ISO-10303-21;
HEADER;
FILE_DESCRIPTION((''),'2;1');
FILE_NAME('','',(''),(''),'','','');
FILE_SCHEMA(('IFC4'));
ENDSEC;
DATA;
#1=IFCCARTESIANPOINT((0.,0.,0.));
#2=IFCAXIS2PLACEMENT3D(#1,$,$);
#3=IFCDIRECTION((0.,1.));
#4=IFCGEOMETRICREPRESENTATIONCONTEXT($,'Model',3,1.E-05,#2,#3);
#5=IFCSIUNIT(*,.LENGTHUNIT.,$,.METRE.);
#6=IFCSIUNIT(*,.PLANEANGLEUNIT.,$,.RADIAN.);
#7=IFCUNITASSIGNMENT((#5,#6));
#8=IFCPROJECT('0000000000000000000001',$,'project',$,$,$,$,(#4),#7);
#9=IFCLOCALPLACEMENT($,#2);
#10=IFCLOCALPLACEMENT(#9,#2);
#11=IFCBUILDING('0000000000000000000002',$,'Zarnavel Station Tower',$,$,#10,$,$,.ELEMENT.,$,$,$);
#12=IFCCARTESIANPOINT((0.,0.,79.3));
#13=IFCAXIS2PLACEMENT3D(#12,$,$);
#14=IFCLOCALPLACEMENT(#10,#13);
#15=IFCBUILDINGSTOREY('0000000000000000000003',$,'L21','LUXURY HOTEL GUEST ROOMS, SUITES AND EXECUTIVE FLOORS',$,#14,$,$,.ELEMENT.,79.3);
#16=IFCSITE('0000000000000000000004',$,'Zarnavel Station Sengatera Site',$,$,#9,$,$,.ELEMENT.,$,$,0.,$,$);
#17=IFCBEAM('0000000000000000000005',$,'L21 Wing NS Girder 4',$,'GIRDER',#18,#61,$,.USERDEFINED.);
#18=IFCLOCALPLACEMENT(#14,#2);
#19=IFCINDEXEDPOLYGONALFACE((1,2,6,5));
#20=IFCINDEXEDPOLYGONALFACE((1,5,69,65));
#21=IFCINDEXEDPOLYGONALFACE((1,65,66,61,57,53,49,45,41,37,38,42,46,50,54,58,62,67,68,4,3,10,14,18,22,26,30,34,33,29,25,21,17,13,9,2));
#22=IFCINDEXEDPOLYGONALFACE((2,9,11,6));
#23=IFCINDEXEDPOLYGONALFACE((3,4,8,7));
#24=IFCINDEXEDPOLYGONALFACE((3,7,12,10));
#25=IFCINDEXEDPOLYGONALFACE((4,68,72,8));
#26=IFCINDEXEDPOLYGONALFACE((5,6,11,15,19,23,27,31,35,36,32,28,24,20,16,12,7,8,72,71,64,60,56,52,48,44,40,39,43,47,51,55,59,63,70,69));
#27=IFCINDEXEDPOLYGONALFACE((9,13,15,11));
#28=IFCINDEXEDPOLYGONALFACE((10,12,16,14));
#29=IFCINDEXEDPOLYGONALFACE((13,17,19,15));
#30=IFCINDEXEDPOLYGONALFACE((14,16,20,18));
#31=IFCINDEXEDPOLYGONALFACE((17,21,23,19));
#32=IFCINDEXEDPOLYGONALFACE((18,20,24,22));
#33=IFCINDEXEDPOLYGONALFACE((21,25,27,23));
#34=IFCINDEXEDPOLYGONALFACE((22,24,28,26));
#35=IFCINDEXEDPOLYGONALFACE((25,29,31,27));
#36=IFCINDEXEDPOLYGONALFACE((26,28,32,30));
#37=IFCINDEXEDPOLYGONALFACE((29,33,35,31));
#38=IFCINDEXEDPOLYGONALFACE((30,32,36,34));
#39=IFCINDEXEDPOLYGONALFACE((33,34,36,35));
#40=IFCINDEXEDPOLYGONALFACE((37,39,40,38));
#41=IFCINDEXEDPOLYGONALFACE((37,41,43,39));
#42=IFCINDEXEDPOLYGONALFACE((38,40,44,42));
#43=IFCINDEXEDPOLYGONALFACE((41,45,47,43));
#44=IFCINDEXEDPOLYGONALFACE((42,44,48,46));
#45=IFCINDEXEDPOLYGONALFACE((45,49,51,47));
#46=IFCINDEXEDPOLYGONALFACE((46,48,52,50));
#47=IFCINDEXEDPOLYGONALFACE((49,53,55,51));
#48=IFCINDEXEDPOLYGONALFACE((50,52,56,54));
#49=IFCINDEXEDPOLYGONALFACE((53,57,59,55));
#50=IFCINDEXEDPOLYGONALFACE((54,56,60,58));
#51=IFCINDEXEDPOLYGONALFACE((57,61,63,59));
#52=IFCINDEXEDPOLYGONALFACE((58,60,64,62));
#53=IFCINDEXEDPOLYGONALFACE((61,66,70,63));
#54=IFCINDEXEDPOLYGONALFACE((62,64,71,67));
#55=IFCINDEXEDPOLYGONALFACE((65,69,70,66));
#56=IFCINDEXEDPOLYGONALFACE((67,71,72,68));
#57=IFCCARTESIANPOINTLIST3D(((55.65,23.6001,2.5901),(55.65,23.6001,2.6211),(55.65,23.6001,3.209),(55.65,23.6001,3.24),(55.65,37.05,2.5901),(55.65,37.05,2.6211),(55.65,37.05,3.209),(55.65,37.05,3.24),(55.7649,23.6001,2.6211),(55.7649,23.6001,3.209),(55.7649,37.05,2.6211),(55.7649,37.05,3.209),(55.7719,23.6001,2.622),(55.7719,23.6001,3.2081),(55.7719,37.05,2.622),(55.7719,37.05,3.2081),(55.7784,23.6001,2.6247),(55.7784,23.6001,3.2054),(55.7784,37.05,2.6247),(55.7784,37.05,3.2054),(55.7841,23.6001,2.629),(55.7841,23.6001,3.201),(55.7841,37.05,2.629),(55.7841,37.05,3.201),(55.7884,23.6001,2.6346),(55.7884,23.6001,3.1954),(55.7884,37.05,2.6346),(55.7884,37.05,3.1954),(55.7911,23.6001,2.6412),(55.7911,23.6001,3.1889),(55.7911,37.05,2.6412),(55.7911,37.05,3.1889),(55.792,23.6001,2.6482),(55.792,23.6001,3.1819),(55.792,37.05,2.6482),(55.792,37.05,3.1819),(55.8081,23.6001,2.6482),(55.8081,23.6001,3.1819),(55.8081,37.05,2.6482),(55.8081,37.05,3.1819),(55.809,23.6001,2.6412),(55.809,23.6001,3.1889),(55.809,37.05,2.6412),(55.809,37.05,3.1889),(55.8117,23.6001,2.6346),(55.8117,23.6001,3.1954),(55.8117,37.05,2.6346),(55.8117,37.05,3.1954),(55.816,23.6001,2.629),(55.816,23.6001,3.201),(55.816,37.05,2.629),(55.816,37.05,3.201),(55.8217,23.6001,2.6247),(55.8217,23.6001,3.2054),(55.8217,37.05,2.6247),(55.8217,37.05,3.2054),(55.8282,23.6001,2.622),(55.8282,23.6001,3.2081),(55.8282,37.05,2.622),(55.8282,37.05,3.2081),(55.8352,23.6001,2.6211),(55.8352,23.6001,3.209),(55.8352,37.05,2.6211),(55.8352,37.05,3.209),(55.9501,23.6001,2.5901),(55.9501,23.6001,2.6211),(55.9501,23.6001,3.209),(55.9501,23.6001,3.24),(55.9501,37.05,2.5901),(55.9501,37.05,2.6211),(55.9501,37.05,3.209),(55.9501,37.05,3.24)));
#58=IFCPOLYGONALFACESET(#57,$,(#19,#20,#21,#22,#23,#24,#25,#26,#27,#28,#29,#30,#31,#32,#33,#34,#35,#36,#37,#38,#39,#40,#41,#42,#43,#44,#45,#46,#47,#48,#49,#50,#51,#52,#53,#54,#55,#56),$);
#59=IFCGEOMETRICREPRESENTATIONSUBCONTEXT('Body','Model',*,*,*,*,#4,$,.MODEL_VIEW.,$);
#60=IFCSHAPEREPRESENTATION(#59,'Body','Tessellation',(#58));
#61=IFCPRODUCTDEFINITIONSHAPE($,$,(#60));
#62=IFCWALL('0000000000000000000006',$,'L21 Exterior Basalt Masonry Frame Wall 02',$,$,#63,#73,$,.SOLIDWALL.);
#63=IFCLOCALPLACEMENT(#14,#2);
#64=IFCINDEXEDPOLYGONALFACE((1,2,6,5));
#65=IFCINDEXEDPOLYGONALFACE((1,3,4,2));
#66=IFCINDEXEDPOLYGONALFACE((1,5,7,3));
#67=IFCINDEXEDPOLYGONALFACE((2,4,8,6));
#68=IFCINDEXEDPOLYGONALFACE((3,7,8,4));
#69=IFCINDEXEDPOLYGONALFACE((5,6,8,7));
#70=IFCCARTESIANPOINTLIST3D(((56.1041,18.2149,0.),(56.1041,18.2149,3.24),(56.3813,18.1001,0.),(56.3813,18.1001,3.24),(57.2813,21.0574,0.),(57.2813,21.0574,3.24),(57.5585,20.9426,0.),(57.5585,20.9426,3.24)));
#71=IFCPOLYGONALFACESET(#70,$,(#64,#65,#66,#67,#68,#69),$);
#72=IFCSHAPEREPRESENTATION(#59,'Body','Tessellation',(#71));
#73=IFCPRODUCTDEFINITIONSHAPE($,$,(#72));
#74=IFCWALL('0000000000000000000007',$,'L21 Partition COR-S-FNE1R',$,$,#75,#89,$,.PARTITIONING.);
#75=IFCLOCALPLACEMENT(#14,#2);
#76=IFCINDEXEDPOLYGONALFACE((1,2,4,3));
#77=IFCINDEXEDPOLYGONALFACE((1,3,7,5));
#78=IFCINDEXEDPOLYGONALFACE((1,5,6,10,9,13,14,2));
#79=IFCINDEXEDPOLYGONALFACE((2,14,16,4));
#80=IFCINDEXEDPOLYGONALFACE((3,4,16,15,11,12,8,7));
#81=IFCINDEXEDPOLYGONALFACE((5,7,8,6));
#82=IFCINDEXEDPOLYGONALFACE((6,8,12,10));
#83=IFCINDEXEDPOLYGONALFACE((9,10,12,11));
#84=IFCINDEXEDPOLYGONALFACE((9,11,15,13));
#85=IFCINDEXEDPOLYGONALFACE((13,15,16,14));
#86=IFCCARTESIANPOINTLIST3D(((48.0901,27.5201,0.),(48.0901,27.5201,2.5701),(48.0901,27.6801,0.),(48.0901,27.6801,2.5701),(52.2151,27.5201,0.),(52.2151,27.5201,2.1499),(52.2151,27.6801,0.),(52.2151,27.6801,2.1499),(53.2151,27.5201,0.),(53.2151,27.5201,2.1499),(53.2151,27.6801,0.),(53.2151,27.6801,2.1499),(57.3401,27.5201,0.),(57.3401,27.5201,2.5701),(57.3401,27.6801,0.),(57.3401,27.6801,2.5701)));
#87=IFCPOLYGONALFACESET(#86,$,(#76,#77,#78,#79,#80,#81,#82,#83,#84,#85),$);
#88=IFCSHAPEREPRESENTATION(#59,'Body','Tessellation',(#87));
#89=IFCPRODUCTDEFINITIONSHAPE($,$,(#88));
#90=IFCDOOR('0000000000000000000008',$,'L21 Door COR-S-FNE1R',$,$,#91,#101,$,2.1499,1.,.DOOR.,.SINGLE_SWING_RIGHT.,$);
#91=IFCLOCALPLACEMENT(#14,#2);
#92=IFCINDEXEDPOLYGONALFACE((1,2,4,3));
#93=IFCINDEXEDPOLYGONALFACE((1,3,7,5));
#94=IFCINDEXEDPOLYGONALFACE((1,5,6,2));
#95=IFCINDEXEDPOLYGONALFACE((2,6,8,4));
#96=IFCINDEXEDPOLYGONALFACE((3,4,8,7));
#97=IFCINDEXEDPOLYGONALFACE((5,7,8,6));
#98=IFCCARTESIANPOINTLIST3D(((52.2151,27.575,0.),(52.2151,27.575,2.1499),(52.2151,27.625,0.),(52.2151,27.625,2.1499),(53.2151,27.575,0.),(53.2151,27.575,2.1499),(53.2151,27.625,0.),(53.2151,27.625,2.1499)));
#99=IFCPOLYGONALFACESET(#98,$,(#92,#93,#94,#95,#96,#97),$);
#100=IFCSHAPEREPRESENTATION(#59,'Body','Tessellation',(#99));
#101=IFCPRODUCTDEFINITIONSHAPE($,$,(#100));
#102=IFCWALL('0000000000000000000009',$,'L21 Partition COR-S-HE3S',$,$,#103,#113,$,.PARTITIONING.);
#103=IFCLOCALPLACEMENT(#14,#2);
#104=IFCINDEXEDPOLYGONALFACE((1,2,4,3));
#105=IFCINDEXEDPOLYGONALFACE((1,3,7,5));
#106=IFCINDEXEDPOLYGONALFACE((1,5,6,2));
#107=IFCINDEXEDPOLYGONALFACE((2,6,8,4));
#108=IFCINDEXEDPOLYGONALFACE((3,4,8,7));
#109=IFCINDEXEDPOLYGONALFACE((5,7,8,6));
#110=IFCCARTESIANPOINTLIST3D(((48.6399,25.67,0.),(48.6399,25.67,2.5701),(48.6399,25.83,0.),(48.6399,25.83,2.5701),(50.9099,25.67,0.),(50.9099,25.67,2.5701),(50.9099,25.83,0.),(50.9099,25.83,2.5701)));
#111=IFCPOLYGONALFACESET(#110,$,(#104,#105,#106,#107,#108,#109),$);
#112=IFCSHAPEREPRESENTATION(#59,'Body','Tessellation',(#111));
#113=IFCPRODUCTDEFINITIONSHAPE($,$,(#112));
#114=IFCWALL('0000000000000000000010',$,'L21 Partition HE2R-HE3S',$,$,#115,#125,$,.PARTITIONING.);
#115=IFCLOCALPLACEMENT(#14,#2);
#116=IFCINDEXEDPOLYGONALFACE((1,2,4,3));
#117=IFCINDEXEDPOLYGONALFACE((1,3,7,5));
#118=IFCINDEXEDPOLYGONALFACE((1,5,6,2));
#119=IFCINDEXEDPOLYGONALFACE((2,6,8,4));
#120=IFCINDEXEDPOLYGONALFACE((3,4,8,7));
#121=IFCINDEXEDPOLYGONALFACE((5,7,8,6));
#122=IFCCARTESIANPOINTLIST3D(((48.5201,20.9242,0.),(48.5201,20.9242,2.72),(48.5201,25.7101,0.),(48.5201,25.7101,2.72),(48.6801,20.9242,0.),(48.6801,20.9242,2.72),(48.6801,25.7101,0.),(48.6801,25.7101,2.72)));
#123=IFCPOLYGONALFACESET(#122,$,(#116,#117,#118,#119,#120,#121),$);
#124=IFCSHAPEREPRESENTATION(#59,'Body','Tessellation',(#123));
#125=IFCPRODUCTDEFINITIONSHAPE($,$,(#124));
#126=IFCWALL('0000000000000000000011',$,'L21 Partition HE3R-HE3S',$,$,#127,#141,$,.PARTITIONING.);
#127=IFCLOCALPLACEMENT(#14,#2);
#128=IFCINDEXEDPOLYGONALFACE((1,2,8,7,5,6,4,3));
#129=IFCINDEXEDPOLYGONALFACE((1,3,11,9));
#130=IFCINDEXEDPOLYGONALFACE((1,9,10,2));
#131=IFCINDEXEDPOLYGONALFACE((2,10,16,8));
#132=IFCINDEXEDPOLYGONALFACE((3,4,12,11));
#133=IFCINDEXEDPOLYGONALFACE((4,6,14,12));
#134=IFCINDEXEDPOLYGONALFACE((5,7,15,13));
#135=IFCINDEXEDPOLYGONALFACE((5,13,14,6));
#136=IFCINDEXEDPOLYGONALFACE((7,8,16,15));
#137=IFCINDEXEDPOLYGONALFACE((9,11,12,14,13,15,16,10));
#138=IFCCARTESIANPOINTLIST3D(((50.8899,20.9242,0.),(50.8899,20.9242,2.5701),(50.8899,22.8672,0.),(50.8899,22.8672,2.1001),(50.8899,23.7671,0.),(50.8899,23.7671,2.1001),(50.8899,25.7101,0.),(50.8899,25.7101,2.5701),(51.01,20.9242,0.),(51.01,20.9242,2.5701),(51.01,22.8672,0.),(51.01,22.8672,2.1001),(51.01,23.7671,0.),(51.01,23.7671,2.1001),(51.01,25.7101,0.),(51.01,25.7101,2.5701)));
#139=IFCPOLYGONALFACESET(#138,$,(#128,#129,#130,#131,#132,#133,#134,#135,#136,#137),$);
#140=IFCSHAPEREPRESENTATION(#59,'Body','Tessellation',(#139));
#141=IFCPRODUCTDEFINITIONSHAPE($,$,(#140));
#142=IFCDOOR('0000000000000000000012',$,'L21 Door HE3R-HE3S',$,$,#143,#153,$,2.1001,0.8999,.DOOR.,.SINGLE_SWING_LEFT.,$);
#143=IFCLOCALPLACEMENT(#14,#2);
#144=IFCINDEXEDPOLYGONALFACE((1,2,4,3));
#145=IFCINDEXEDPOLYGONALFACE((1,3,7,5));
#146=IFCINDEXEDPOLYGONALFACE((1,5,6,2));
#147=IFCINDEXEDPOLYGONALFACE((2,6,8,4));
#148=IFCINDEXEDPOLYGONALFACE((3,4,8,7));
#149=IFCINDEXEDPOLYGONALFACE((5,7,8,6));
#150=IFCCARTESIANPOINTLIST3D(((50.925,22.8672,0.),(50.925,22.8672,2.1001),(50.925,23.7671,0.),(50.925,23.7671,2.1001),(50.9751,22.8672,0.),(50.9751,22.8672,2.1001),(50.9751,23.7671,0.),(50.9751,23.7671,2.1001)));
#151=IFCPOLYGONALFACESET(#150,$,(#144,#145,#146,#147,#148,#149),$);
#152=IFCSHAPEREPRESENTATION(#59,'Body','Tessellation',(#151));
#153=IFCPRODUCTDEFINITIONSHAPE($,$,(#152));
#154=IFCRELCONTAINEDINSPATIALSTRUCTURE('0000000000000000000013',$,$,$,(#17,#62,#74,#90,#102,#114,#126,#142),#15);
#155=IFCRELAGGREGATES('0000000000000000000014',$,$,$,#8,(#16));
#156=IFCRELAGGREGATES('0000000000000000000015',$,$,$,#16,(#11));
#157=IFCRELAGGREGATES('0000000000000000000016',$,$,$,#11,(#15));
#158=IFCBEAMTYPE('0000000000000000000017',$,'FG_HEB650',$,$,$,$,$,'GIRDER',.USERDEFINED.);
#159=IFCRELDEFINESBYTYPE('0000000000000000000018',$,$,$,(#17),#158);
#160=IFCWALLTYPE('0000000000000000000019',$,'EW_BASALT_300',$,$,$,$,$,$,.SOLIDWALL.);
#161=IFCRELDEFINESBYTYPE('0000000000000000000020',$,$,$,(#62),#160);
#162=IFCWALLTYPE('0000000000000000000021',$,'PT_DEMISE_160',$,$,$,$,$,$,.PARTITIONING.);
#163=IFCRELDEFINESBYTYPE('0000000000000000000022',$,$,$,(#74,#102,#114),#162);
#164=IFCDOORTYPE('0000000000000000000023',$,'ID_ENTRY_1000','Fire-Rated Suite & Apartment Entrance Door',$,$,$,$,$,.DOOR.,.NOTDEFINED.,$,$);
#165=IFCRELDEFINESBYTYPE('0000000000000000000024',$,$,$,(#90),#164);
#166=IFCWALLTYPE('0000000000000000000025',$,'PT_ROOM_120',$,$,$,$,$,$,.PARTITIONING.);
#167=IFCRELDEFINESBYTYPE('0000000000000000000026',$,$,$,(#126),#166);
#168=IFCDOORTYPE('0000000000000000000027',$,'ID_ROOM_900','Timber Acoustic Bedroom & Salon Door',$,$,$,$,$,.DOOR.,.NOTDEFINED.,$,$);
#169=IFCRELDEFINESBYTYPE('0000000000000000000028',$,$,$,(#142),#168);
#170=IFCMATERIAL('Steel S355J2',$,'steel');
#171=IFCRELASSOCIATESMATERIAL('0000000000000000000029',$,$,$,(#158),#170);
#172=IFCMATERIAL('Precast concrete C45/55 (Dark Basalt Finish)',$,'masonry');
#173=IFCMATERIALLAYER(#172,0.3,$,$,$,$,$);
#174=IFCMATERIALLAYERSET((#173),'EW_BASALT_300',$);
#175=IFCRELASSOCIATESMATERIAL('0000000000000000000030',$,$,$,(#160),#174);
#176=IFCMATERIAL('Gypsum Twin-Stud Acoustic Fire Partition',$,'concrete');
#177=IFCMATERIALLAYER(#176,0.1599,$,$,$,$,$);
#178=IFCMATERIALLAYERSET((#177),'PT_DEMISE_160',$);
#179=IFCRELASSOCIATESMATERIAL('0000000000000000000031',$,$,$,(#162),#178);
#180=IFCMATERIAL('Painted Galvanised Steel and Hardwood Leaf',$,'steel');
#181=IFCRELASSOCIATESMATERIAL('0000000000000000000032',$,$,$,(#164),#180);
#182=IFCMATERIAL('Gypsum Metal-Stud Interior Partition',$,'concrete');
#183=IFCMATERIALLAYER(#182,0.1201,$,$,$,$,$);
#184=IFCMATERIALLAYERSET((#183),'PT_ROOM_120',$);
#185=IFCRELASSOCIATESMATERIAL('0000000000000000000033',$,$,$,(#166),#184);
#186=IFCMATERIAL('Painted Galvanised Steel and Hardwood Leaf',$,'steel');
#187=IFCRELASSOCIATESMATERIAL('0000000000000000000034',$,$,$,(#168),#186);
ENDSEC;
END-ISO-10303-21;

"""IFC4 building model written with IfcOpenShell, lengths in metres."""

from ifc_helpers import new_model, si_unit, direction, frame, frame_2d, origin, origin_2d, place, context, subcontext, project, spatial, rectangle, i_section, extrude, material, layer, layer_set, material_profile, profile_set, type_object, element, fill, save


model = new_model("IFC4")

# Units and contexts
model_context = context("Model", 3, precision=1e-05, world=origin(), true_north=direction((0.0, 1.0)))
body_context = subcontext(model_context, "Body", "Model", "MODEL_VIEW")
ifc_project = project(units=[si_unit("LENGTHUNIT", "METRE"), si_unit("PLANEANGLEUNIT", "RADIAN")], contexts=[model_context])

# Site, building, storey
site_placement = place(None, origin())
site = spatial("IfcSite", under=ifc_project, at=site_placement, Name="Zarnavel Station Sengatera Site", CompositionType="ELEMENT", RefElevation=0.0)
building_placement = place(site_placement, origin())
building = spatial("IfcBuilding", under=site, at=building_placement, Name="Zarnavel Station Tower", CompositionType="ELEMENT")
storey_placement = place(building_placement, frame((0.0, 0.0, 79.3)))
storey = spatial("IfcBuildingStorey", under=building, at=storey_placement, Name="L21", Description="LUXURY HOTEL GUEST ROOMS, SUITES AND EXECUTIVE FLOORS", CompositionType="ELEMENT", Elevation=79.3)

# Beam
ifc_material_1 = material(Name="Steel S355J2", Category="steel")
ifc_material_profile_1 = material_profile(ifc_material_1, i_section(OverallWidth=0.3, OverallDepth=0.6499, WebThickness=0.0161, FlangeThickness=0.031, FilletRadius=0.0271, at=origin_2d()), Name="HEB650")
ifc_profile_set_1 = profile_set([ifc_material_profile_1], Name="Steel S355J2")
beam_type_1 = type_object("IfcBeamType", Name="FG_HEB650", ElementType="GIRDER", PredefinedType="USERDEFINED", material=ifc_profile_set_1)
beam_1_placement = place(storey_placement, frame((55.8, 23.6001, 2.915), z_axis=(0.0, 1.0, 0.0), x_axis=(-1.0, 0.0, 0.0)))
element("IfcBeam", 1, at=beam_1_placement, inside=storey, type_object=beam_type_1, Name="L21 Wing NS Girder 4", ObjectType="GIRDER", PredefinedType="USERDEFINED", context=body_context, shape_type="SweptSolid", body=[
    extrude(i_section(OverallWidth=0.3, OverallDepth=0.6499, WebThickness=0.0161, FlangeThickness=0.031, FilletRadius=0.0271, at=origin_2d()), origin(), (0.0, 0.0, 1.0), 13.45),
])

# Wall
ifc_material_2 = material(Name="Precast concrete C45/55 (Dark Basalt Finish)", Category="masonry")
ifc_layer_1 = layer(ifc_material_2, 0.3)
ifc_layer_set_1 = layer_set([ifc_layer_1], Name="EW_BASALT_300")
wall_type_1 = type_object("IfcWallType", Name="EW_BASALT_300", PredefinedType="SOLIDWALL", material=ifc_layer_set_1)
wall_1_placement = place(storey_placement, frame((57.4199, 21.0, 0.0), z_axis=(0.0, 0.0, 1.0), x_axis=(-0.382637, -0.923899, 0.0)))
element("IfcWall", 2, at=wall_1_placement, inside=storey, type_object=wall_type_1, Name="L21 Exterior Basalt Masonry Frame Wall 02", PredefinedType="SOLIDWALL", context=body_context, shape_type="SweptSolid", body=[
    extrude(rectangle(XDim=3.0767, YDim=0.3, at=frame_2d((1.5383, 0.0))), origin(), (0.0, 0.0, 1.0), 3.24),
])

# Wall, opening, door
ifc_material_3 = material(Name="Gypsum Twin-Stud Acoustic Fire Partition", Category="concrete")
ifc_layer_2 = layer(ifc_material_3, 0.1599)
ifc_layer_set_2 = layer_set([ifc_layer_2], Name="PT_DEMISE_160")
wall_type_2 = type_object("IfcWallType", Name="PT_DEMISE_160", PredefinedType="PARTITIONING", material=ifc_layer_set_2)
wall_2_placement = place(storey_placement, frame((48.0901, 27.6001, 0.0), z_axis=(0.0, 0.0, 1.0), x_axis=(1.0, 0.0, 0.0)))
wall_2 = element("IfcWall", 3, at=wall_2_placement, inside=storey, type_object=wall_type_2, Name="L21 Partition COR-S-FNE1R", PredefinedType="PARTITIONING", context=body_context, shape_type="SweptSolid", body=[
    extrude(rectangle(XDim=9.25, YDim=0.1599, at=frame_2d((4.625, 0.0))), origin(), (0.0, 0.0, 1.0), 2.5701),
])
opening_1_placement = place(wall_2_placement, frame((4.125, 0.0, 0.0)))
opening_1 = element("IfcOpeningElement", 4, at=opening_1_placement, cuts=wall_2, PredefinedType="OPENING", context=body_context, shape_type="SweptSolid", body=[
    extrude(rectangle(XDim=1.0, YDim=2.1499, at=frame_2d((0.5, 1.075))), frame((0.0, 0.0898, 0.0), z_axis=(0.0, -1.0, 0.0), x_axis=(1.0, 0.0, 0.0)), (0.0, 0.0, 1.0), 0.1799),
])
ifc_material_4 = material(Name="Painted Galvanised Steel and Hardwood Leaf", Category="steel")
door_type_1 = type_object("IfcDoorType", Name="ID_ENTRY_1000", Description="Fire-Rated Suite & Apartment Entrance Door", OperationType="NOTDEFINED", PredefinedType="DOOR", material=ifc_material_4)
door_1_placement = place(opening_1_placement, origin())
door_1 = element("IfcDoor", 5, at=door_1_placement, inside=storey, type_object=door_type_1, Name="L21 Door COR-S-FNE1R", OperationType="SINGLE_SWING_RIGHT", OverallHeight=2.1499, OverallWidth=1.0, PredefinedType="DOOR", context=body_context, shape_type="SweptSolid", body=[
    extrude(rectangle(XDim=1.0, YDim=2.1499, at=frame_2d((0.5, 1.075))), frame((0.0, 0.0249, 0.0), z_axis=(0.0, -1.0, 0.0), x_axis=(1.0, 0.0, 0.0)), (0.0, 0.0, 1.0), 0.05),
])
fill(opening_1, door_1)

# Wall
wall_3_placement = place(storey_placement, frame((48.6399, 25.75, 0.0), z_axis=(0.0, 0.0, 1.0), x_axis=(1.0, 0.0, 0.0)))
element("IfcWall", 6, at=wall_3_placement, inside=storey, type_object=wall_type_2, Name="L21 Partition COR-S-HE3S", PredefinedType="PARTITIONING", context=body_context, shape_type="SweptSolid", body=[
    extrude(rectangle(XDim=2.27, YDim=0.1599, at=frame_2d((1.135, 0.0))), origin(), (0.0, 0.0, 1.0), 2.5701),
])

# Wall
wall_4_placement = place(storey_placement, frame((48.6001, 20.9241, 0.0), z_axis=(0.0, 0.0, 1.0), x_axis=(0.0, 1.0, 0.0)))
element("IfcWall", 7, at=wall_4_placement, inside=storey, type_object=wall_type_2, Name="L21 Partition HE2R-HE3S", PredefinedType="PARTITIONING", context=body_context, shape_type="SweptSolid", body=[
    extrude(rectangle(XDim=4.7859, YDim=0.1599, at=frame_2d((2.3931, 0.0))), origin(), (0.0, 0.0, 1.0), 2.72),
])

# Wall, opening, door
ifc_material_5 = material(Name="Gypsum Metal-Stud Interior Partition", Category="concrete")
ifc_layer_3 = layer(ifc_material_5, 0.1201)
ifc_layer_set_3 = layer_set([ifc_layer_3], Name="PT_ROOM_120")
wall_type_3 = type_object("IfcWallType", Name="PT_ROOM_120", PredefinedType="PARTITIONING", material=ifc_layer_set_3)
wall_5_placement = place(storey_placement, frame((50.95, 20.9241, 0.0), z_axis=(0.0, 0.0, 1.0), x_axis=(0.0, 1.0, 0.0)))
wall_5 = element("IfcWall", 8, at=wall_5_placement, inside=storey, type_object=wall_type_3, Name="L21 Partition HE3R-HE3S", PredefinedType="PARTITIONING", context=body_context, shape_type="SweptSolid", body=[
    extrude(rectangle(XDim=4.7859, YDim=0.1201, at=frame_2d((2.3931, 0.0))), origin(), (0.0, 0.0, 1.0), 2.5701),
])
opening_2_placement = place(wall_5_placement, frame((1.9431, 0.0, 0.0)))
opening_2 = element("IfcOpeningElement", 9, at=opening_2_placement, cuts=wall_5, PredefinedType="OPENING", context=body_context, shape_type="SweptSolid", body=[
    extrude(rectangle(XDim=0.8999, YDim=2.1001, at=frame_2d((0.45, 1.05))), frame((0.0, 0.0701, 0.0), z_axis=(0.0, -1.0, 0.0), x_axis=(1.0, 0.0, 0.0)), (0.0, 0.0, 1.0), 0.1401),
])
ifc_material_6 = material(Name="Painted Galvanised Steel and Hardwood Leaf", Category="steel")
door_type_2 = type_object("IfcDoorType", Name="ID_ROOM_900", Description="Timber Acoustic Bedroom & Salon Door", OperationType="NOTDEFINED", PredefinedType="DOOR", material=ifc_material_6)
door_2_placement = place(opening_2_placement, origin())
door_2 = element("IfcDoor", 10, at=door_2_placement, inside=storey, type_object=door_type_2, Name="L21 Door HE3R-HE3S", OperationType="SINGLE_SWING_LEFT", OverallHeight=2.1001, OverallWidth=0.8999, PredefinedType="DOOR", context=body_context, shape_type="SweptSolid", body=[
    extrude(rectangle(XDim=0.8999, YDim=2.1001, at=frame_2d((0.45, 1.05))), frame((0.0, 0.0249, 0.0), z_axis=(0.0, -1.0, 0.0), x_axis=(1.0, 0.0, 0.0)), (0.0, 0.0, 1.0), 0.05),
])
fill(opening_2, door_2)

save(model, "model.ifc")
